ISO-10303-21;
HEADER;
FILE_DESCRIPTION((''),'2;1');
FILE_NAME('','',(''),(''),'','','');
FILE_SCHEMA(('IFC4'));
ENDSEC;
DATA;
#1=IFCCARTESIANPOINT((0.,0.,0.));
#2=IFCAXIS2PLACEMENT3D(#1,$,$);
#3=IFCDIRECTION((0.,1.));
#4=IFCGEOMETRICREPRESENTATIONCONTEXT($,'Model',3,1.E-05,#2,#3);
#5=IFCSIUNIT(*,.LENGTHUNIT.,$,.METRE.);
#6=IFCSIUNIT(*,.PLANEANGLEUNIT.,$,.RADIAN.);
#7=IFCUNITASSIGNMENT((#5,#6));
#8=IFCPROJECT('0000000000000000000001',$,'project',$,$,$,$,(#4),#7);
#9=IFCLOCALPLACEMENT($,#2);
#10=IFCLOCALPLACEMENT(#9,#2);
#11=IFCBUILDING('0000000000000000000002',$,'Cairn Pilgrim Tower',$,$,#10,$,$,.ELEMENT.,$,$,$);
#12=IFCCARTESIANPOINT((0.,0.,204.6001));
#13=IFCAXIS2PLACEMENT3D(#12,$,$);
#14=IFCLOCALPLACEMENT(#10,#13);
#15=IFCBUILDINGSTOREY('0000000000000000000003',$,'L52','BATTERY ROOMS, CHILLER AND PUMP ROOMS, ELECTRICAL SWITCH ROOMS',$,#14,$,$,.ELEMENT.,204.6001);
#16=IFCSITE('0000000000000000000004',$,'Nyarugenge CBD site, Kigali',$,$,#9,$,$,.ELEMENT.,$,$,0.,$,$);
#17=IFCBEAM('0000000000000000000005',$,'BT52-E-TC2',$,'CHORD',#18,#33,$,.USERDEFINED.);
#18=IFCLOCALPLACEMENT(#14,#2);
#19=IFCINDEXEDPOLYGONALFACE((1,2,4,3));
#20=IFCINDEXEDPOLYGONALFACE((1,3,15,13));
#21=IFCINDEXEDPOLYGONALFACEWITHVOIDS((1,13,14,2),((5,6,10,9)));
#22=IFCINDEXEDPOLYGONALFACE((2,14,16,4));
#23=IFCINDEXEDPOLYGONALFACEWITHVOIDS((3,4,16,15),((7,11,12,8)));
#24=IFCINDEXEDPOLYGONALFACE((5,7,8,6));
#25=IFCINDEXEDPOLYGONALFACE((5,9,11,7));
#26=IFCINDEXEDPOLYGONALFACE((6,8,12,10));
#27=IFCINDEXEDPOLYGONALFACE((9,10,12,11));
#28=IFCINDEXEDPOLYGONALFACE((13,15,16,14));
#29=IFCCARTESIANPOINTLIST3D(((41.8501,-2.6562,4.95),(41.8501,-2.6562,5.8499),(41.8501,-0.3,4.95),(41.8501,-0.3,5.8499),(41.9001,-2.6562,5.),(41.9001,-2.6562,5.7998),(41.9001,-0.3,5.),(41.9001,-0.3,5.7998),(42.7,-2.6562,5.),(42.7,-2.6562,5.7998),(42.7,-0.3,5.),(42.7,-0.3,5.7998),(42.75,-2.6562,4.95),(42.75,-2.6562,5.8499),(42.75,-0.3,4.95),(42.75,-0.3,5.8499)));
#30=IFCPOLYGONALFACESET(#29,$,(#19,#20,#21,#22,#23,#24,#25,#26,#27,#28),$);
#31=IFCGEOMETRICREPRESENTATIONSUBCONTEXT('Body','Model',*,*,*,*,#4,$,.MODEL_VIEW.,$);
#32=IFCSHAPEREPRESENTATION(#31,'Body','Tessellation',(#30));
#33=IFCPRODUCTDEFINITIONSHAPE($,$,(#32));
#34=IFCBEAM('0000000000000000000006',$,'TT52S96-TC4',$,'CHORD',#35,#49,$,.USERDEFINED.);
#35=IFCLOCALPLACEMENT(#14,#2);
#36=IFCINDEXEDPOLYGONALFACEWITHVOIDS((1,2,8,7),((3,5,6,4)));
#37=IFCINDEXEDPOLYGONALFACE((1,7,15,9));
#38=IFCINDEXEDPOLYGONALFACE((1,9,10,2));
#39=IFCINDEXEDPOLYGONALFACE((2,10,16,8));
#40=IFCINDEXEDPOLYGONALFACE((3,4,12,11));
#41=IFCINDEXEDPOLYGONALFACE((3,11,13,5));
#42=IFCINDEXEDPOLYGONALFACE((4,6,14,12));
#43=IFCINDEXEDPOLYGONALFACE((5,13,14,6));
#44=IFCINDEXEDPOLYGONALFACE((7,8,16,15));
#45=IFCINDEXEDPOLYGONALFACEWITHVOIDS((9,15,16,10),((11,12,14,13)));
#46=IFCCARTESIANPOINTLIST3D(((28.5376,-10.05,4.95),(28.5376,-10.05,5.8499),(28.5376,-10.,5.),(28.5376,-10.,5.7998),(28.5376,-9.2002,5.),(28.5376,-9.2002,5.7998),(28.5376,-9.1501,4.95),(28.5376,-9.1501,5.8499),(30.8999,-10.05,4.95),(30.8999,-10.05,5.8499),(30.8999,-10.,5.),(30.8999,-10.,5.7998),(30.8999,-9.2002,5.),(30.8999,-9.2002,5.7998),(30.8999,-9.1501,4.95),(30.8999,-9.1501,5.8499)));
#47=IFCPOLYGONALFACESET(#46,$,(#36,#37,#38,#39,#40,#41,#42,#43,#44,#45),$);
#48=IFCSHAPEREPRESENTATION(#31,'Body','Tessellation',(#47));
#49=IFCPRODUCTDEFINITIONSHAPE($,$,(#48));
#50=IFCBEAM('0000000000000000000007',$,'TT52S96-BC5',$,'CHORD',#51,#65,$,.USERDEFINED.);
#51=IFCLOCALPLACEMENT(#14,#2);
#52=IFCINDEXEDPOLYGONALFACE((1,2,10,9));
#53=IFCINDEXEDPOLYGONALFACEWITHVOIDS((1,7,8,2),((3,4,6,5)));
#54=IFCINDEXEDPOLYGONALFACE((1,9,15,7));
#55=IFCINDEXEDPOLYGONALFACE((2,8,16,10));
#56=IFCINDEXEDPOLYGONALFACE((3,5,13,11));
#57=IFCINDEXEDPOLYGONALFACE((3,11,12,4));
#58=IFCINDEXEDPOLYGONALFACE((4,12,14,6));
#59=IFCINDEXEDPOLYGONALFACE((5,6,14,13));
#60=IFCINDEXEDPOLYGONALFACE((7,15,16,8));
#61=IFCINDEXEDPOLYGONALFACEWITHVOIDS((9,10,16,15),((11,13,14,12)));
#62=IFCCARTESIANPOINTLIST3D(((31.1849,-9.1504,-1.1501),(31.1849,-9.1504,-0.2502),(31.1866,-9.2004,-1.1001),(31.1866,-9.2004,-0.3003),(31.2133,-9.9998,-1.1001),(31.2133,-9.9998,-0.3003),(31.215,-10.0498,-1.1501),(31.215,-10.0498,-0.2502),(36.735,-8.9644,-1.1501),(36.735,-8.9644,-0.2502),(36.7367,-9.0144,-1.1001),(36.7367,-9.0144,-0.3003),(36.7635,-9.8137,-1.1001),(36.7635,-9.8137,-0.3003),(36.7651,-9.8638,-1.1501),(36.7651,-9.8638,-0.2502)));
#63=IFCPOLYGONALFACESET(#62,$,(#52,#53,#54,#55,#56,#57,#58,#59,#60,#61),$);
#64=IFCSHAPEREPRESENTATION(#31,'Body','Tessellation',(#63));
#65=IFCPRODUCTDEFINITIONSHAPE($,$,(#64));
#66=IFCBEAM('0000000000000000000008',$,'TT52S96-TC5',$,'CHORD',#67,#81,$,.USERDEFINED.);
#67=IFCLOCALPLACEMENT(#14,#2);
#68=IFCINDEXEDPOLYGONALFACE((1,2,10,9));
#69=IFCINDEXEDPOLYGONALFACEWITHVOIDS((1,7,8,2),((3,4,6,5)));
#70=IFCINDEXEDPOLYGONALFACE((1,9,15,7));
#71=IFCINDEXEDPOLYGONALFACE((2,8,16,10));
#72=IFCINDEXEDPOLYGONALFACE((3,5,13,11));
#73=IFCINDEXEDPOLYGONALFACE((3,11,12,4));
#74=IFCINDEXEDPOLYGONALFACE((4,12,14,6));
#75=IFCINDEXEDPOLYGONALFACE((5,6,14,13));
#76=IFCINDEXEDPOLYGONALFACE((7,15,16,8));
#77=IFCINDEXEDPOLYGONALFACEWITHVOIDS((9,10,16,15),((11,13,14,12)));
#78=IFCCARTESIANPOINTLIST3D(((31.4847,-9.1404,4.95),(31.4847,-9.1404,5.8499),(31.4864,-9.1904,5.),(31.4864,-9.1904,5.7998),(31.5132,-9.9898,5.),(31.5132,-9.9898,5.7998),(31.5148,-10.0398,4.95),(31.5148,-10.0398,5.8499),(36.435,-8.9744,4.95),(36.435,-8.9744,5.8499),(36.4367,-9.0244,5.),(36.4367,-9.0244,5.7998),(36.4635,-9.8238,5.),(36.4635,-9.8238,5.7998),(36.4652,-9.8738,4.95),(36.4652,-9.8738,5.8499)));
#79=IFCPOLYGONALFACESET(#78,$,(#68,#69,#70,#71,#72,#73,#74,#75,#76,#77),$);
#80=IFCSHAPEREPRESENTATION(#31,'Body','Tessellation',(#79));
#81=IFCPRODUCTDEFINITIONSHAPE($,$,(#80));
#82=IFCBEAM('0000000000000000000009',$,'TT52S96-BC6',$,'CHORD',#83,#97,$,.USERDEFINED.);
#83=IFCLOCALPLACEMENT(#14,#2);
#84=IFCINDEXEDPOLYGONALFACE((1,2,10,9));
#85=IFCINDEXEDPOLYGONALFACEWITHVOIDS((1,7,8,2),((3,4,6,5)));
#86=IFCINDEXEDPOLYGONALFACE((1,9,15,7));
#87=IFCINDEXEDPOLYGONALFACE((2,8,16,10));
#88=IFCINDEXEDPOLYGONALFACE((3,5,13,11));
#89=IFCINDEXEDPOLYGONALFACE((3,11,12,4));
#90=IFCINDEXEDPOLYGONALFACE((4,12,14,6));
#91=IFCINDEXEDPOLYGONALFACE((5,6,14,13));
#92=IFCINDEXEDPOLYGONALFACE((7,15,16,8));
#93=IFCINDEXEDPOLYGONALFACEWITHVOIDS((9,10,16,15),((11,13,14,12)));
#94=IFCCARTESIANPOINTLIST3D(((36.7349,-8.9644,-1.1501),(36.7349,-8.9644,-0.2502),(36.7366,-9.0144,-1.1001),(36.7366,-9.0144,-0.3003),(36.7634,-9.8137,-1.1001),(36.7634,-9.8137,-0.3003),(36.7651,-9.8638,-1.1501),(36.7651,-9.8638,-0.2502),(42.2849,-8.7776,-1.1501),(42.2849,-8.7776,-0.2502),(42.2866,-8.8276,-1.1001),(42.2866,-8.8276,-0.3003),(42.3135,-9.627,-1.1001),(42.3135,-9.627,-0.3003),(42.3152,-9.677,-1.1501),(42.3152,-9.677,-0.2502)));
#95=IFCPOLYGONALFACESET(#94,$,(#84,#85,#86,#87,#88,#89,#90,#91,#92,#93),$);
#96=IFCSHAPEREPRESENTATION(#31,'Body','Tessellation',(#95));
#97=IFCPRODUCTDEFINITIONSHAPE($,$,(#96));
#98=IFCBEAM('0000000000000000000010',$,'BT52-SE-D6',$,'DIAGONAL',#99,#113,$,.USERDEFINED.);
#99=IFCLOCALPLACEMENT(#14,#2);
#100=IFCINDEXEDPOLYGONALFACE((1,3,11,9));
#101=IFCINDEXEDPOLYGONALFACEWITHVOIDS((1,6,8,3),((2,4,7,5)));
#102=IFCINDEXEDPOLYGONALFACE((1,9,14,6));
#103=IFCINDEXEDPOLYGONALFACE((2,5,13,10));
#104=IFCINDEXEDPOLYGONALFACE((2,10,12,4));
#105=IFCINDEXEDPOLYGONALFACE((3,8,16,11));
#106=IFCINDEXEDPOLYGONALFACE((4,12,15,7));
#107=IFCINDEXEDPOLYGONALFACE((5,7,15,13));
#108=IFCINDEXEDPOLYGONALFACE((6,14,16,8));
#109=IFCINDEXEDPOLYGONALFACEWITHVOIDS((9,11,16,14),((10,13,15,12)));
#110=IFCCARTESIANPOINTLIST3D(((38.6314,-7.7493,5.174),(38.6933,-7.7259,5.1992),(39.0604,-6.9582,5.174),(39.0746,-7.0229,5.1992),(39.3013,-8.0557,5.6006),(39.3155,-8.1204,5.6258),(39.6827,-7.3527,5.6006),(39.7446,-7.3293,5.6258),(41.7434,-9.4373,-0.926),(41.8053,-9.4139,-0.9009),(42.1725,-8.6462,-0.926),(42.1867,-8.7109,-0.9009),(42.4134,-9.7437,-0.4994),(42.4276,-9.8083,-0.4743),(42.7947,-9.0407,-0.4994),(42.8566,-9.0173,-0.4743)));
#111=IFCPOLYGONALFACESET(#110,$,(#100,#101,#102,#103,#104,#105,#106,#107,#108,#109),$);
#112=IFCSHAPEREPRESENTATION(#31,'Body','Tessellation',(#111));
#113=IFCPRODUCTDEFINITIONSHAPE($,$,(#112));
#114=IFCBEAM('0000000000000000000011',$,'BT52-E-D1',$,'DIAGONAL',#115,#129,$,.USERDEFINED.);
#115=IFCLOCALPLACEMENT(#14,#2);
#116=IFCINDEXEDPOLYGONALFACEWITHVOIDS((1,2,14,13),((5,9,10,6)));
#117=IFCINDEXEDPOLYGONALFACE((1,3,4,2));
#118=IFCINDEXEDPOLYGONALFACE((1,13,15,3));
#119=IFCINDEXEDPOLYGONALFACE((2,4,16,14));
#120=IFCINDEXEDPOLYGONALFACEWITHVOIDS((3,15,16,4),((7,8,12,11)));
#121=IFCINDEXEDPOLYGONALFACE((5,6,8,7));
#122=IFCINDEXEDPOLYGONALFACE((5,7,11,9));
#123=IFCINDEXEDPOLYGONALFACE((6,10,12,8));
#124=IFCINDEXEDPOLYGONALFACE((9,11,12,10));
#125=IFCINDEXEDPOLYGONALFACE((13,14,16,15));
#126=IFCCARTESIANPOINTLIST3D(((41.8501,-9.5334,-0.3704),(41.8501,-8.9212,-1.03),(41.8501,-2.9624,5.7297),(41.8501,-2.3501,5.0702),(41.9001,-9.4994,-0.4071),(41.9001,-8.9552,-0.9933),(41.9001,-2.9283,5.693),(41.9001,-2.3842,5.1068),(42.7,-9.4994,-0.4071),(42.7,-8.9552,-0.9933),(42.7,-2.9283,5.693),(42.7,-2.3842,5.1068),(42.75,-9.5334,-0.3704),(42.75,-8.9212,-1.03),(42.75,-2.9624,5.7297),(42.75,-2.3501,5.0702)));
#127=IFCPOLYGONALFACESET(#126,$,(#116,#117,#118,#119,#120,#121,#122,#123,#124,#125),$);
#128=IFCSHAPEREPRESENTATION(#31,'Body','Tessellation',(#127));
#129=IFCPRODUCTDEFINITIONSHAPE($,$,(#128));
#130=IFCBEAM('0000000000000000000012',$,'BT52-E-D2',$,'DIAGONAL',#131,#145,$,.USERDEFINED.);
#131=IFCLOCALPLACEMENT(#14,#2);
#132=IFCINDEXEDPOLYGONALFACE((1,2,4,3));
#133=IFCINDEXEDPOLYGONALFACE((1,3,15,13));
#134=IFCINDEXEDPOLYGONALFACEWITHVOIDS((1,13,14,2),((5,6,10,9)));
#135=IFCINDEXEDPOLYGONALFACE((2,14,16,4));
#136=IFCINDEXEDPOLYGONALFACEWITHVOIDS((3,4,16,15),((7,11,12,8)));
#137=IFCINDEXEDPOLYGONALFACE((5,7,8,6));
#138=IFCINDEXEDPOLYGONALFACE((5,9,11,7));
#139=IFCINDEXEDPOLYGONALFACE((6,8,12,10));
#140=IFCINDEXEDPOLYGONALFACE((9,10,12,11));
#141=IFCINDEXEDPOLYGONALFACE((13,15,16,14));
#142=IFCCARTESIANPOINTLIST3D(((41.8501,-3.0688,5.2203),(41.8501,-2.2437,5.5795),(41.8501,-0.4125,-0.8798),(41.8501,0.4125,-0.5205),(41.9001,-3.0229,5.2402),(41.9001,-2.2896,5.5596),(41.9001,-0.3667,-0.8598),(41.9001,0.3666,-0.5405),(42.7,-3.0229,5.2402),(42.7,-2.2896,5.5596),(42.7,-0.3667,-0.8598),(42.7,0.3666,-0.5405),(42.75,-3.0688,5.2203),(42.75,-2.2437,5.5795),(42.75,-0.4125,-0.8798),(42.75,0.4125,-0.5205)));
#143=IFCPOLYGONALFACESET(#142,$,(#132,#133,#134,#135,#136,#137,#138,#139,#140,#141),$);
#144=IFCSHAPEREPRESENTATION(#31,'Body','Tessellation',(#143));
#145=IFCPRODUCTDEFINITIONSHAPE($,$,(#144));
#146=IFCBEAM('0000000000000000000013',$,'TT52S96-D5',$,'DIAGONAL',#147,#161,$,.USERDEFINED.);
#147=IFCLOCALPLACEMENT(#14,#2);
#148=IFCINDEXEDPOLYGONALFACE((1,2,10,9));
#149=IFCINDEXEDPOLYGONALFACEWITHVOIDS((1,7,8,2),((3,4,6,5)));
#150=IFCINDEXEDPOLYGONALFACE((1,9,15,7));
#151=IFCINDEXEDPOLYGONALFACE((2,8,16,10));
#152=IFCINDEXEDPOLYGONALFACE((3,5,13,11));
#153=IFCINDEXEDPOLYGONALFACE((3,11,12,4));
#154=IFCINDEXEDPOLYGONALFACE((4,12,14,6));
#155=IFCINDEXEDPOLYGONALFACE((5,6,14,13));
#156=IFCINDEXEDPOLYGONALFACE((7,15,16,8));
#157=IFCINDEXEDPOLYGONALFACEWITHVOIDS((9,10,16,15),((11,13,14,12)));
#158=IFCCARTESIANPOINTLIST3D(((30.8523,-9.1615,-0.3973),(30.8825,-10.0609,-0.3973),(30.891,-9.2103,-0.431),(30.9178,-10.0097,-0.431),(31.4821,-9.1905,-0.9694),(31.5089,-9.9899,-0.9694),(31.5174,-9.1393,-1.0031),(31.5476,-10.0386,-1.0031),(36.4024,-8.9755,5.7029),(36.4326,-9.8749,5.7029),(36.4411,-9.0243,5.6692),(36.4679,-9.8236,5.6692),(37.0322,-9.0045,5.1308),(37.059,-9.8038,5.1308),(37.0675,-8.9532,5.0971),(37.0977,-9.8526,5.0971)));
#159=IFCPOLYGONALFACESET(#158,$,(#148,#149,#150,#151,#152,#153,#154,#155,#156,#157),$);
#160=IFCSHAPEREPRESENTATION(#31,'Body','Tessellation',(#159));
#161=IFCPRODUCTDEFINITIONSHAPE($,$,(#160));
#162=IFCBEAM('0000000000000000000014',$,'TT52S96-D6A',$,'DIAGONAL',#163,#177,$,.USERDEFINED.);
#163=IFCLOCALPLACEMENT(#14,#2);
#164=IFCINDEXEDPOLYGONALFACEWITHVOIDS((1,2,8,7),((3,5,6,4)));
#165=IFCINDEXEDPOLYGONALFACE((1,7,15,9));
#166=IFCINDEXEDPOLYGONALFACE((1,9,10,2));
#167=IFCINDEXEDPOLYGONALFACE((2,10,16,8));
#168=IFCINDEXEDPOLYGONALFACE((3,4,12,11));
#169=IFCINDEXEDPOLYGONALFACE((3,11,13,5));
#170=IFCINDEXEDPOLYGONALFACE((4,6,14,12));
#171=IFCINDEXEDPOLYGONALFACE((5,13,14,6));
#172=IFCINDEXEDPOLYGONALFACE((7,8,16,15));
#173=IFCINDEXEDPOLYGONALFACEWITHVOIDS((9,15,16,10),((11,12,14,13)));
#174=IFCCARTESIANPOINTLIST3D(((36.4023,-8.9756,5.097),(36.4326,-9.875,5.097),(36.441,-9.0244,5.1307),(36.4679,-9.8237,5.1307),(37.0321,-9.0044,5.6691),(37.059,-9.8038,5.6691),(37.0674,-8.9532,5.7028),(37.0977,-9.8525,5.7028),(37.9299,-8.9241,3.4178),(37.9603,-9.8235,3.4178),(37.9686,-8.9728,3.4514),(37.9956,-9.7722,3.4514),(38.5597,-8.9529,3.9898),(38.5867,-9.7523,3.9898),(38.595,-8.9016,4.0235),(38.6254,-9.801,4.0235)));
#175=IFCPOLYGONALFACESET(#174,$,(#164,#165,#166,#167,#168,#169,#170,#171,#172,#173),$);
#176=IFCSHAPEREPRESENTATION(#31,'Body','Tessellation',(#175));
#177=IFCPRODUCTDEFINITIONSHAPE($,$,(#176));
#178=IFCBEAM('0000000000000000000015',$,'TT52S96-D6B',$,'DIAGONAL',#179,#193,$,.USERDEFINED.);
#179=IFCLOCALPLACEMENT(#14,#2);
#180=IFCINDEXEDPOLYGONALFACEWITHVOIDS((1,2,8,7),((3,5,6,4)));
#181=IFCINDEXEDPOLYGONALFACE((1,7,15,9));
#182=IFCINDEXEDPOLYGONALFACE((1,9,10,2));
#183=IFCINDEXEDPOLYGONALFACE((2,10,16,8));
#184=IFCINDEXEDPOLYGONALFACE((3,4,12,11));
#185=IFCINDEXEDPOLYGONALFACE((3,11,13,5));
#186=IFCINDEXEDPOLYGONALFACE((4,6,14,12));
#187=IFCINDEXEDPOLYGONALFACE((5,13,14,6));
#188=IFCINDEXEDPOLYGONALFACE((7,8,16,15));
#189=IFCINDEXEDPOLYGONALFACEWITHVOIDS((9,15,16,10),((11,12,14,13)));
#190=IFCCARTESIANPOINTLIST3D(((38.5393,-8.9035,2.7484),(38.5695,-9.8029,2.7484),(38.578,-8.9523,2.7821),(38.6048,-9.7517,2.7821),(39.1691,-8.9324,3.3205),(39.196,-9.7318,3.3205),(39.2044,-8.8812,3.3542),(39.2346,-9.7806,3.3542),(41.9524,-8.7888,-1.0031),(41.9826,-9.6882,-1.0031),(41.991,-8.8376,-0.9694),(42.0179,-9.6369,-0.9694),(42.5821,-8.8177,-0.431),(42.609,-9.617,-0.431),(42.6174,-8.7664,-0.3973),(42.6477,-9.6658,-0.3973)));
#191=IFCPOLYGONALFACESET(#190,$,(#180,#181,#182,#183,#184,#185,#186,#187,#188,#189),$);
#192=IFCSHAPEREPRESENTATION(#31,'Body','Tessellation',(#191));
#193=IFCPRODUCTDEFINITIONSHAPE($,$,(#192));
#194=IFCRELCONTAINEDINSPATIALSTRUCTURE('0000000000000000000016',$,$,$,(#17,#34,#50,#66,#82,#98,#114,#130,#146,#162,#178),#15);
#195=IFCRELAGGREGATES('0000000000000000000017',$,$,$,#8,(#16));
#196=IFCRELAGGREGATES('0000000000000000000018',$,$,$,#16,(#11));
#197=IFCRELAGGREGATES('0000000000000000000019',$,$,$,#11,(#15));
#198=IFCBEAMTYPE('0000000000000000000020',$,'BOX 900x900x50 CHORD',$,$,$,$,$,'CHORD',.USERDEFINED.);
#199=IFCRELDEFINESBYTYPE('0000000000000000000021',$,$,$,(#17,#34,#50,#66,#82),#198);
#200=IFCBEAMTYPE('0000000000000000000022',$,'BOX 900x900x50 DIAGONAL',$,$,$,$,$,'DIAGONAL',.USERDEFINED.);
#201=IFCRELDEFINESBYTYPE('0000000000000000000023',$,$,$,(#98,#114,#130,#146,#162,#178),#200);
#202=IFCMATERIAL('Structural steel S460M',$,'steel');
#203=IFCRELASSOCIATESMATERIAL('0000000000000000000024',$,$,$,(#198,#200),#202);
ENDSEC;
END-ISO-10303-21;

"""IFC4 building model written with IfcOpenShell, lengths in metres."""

from ifc_helpers import new_model, si_unit, direction, frame, origin, origin_2d, place, context, subcontext, project, spatial, hollow_rectangle, extrude, material, material_profile, profile_set, type_object, element, save


model = new_model("IFC4")

# Units and contexts
model_context = context("Model", 3, precision=1e-05, world=origin(), true_north=direction((0.0, 1.0)))
body_context = subcontext(model_context, "Body", "Model", "MODEL_VIEW")
ifc_project = project(units=[si_unit("LENGTHUNIT", "METRE"), si_unit("PLANEANGLEUNIT", "RADIAN")], contexts=[model_context])

# Site, building, storey
site_placement = place(None, origin())
site = spatial("IfcSite", under=ifc_project, at=site_placement, Name="Nyarugenge CBD site, Kigali", CompositionType="ELEMENT", RefElevation=0.0)
building_placement = place(site_placement, origin())
building = spatial("IfcBuilding", under=site, at=building_placement, Name="Cairn Pilgrim Tower", CompositionType="ELEMENT")
storey_placement = place(building_placement, frame((0.0, 0.0, 204.6001)))
storey = spatial("IfcBuildingStorey", under=building, at=storey_placement, Name="L52", Description="BATTERY ROOMS, CHILLER AND PUMP ROOMS, ELECTRICAL SWITCH ROOMS", CompositionType="ELEMENT", Elevation=204.6001)

# Shared definitions
ifc_material_1 = material(Name="Structural steel S460M", Category="steel")

# Beams
ifc_material_profile_1 = material_profile(ifc_material_1, hollow_rectangle(XDim=0.8999, YDim=0.8999, WallThickness=0.05, at=origin_2d()), Name="BOX 900x900x50")
ifc_profile_set_1 = profile_set([ifc_material_profile_1], Name="Structural steel S460M")
beam_type_1 = type_object("IfcBeamType", Name="BOX 900x900x50 CHORD", ElementType="CHORD", PredefinedType="USERDEFINED", material=ifc_profile_set_1)
beam_1_placement = place(storey_placement, frame((42.3, -2.6562, 5.3999), z_axis=(0.0, 1.0, 0.0), x_axis=(-1.0, 0.0, 0.0)))
element("IfcBeam", 1, at=beam_1_placement, inside=storey, type_object=beam_type_1, Name="BT52-E-TC2", ObjectType="CHORD", PredefinedType="USERDEFINED", context=body_context, shape_type="SweptSolid", body=[
    extrude(hollow_rectangle(XDim=0.8999, YDim=0.8999, WallThickness=0.05, at=origin_2d()), origin(), (0.0, 0.0, 1.0), 2.3562),
])
beam_2_placement = place(storey_placement, frame((28.5376, -9.6001, 5.3999), z_axis=(1.0, 0.0, 0.0), x_axis=(0.0, 1.0, 0.0)))
element("IfcBeam", 2, at=beam_2_placement, inside=storey, type_object=beam_type_1, Name="TT52S96-TC4", ObjectType="CHORD", PredefinedType="USERDEFINED", context=body_context, shape_type="SweptSolid", body=[
    extrude(hollow_rectangle(XDim=0.8999, YDim=0.8999, WallThickness=0.05, at=origin_2d()), origin(), (0.0, 0.0, 1.0), 2.3623),
])
beam_3_placement = place(storey_placement, frame((31.2, -9.6001, -0.7002), z_axis=(0.999439, 0.033501, 0.0), x_axis=(-0.033501, 0.999439, 0.0)))
element("IfcBeam", 3, at=beam_3_placement, inside=storey, type_object=beam_type_1, Name="TT52S96-BC5", ObjectType="CHORD", PredefinedType="USERDEFINED", context=body_context, shape_type="SweptSolid", body=[
    extrude(hollow_rectangle(XDim=0.8999, YDim=0.8999, WallThickness=0.05, at=origin_2d()), origin(), (0.0, 0.0, 1.0), 5.5532),
])
beam_4_placement = place(storey_placement, frame((31.4998, -9.5901, 5.3999), z_axis=(0.999438, 0.033517, 0.0), x_axis=(-0.033517, 0.999438, 0.0)))
element("IfcBeam", 4, at=beam_4_placement, inside=storey, type_object=beam_type_1, Name="TT52S96-TC5", ObjectType="CHORD", PredefinedType="USERDEFINED", context=body_context, shape_type="SweptSolid", body=[
    extrude(hollow_rectangle(XDim=0.8999, YDim=0.8999, WallThickness=0.05, at=origin_2d()), origin(), (0.0, 0.0, 1.0), 4.9531),
])
beam_5_placement = place(storey_placement, frame((36.75, -9.4141, -0.7002), z_axis=(0.999434, 0.033632, 0.0), x_axis=(-0.033632, 0.999434, 0.0)))
element("IfcBeam", 5, at=beam_5_placement, inside=storey, type_object=beam_type_1, Name="TT52S96-BC6", ObjectType="CHORD", PredefinedType="USERDEFINED", context=body_context, shape_type="SweptSolid", body=[
    extrude(hollow_rectangle(XDim=0.8999, YDim=0.8999, WallThickness=0.05, at=origin_2d()), origin(), (0.0, 0.0, 1.0), 5.5532),
])
ifc_material_profile_2 = material_profile(ifc_material_1, hollow_rectangle(XDim=0.8999, YDim=0.8999, WallThickness=0.05, at=origin_2d()), Name="BOX 900x900x50")
ifc_profile_set_2 = profile_set([ifc_material_profile_2], Name="Structural steel S460M")
beam_type_2 = type_object("IfcBeamType", Name="BOX 900x900x50 DIAGONAL", ElementType="DIAGONAL", PredefinedType="USERDEFINED", material=ifc_profile_set_2)
beam_6_placement = place(storey_placement, frame((39.188, -7.5393, 5.3999), z_axis=(0.441237, -0.239328, -0.864889), x_axis=(0.476783, 0.879021, 0.0)))
element("IfcBeam", 6, at=beam_6_placement, inside=storey, type_object=beam_type_2, Name="BT52-SE-D6", ObjectType="DIAGONAL", PredefinedType="USERDEFINED", context=body_context, shape_type="SweptSolid", body=[
    extrude(hollow_rectangle(XDim=0.8999, YDim=0.8999, WallThickness=0.05, at=origin_2d()), origin(), (0.0, 0.0, 1.0), 7.053),
])
beam_7_placement = place(storey_placement, frame((42.3, -9.2273, -0.7002), z_axis=(0.0, 0.732882, 0.680356), x_axis=(-1.0, 0.0, 0.0)))
element("IfcBeam", 7, at=beam_7_placement, inside=storey, type_object=beam_type_2, Name="BT52-E-D1", ObjectType="DIAGONAL", PredefinedType="USERDEFINED", context=body_context, shape_type="SweptSolid", body=[
    extrude(hollow_rectangle(XDim=0.8999, YDim=0.8999, WallThickness=0.05, at=origin_2d()), origin(), (0.0, 0.0, 1.0), 8.9661),
])
beam_8_placement = place(storey_placement, frame((42.3, -2.6562, 5.3999), z_axis=(0.0, 0.399236, -0.916848), x_axis=(-1.0, 0.0, 0.0)))
element("IfcBeam", 8, at=beam_8_placement, inside=storey, type_object=beam_type_2, Name="BT52-E-D2", ObjectType="DIAGONAL", PredefinedType="USERDEFINED", context=body_context, shape_type="SweptSolid", body=[
    extrude(hollow_rectangle(XDim=0.8999, YDim=0.8999, WallThickness=0.05, at=origin_2d()), origin(), (0.0, 0.0, 1.0), 6.6533),
])
beam_9_placement = place(storey_placement, frame((31.2, -9.6001, -0.7002), z_axis=(0.672801, 0.022552, 0.73948), x_axis=(-0.033501, 0.999439, 0.0)))
element("IfcBeam", 9, at=beam_9_placement, inside=storey, type_object=beam_type_2, Name="TT52S96-D5", ObjectType="DIAGONAL", PredefinedType="USERDEFINED", context=body_context, shape_type="SweptSolid", body=[
    extrude(hollow_rectangle(XDim=0.8999, YDim=0.8999, WallThickness=0.05, at=origin_2d()), origin(), (0.0, 0.0, 1.0), 8.2493),
])
beam_10_placement = place(storey_placement, frame((36.75, -9.4141, 5.3999), z_axis=(0.672751, 0.022687, -0.739521), x_axis=(-0.033703, 0.999432, 0.0)))
element("IfcBeam", 10, at=beam_10_placement, inside=storey, type_object=beam_type_2, Name="TT52S96-D6A", ObjectType="DIAGONAL", PredefinedType="USERDEFINED", context=body_context, shape_type="SweptSolid", body=[
    extrude(hollow_rectangle(XDim=0.8999, YDim=0.8999, WallThickness=0.05, at=origin_2d()), origin(), (0.0, 0.0, 1.0), 2.2708),
])
beam_11_placement = place(storey_placement, frame((38.887, -9.342, 3.0513), z_axis=(0.672788, 0.022619, -0.739489), x_axis=(-0.0336, 0.999435, 0.0)))
element("IfcBeam", 11, at=beam_11_placement, inside=storey, type_object=beam_type_2, Name="TT52S96-D6B", ObjectType="DIAGONAL", PredefinedType="USERDEFINED", context=body_context, shape_type="SweptSolid", body=[
    extrude(hollow_rectangle(XDim=0.8999, YDim=0.8999, WallThickness=0.05, at=origin_2d()), origin(), (0.0, 0.0, 1.0), 5.073),
])

save(model, "model.ifc")
